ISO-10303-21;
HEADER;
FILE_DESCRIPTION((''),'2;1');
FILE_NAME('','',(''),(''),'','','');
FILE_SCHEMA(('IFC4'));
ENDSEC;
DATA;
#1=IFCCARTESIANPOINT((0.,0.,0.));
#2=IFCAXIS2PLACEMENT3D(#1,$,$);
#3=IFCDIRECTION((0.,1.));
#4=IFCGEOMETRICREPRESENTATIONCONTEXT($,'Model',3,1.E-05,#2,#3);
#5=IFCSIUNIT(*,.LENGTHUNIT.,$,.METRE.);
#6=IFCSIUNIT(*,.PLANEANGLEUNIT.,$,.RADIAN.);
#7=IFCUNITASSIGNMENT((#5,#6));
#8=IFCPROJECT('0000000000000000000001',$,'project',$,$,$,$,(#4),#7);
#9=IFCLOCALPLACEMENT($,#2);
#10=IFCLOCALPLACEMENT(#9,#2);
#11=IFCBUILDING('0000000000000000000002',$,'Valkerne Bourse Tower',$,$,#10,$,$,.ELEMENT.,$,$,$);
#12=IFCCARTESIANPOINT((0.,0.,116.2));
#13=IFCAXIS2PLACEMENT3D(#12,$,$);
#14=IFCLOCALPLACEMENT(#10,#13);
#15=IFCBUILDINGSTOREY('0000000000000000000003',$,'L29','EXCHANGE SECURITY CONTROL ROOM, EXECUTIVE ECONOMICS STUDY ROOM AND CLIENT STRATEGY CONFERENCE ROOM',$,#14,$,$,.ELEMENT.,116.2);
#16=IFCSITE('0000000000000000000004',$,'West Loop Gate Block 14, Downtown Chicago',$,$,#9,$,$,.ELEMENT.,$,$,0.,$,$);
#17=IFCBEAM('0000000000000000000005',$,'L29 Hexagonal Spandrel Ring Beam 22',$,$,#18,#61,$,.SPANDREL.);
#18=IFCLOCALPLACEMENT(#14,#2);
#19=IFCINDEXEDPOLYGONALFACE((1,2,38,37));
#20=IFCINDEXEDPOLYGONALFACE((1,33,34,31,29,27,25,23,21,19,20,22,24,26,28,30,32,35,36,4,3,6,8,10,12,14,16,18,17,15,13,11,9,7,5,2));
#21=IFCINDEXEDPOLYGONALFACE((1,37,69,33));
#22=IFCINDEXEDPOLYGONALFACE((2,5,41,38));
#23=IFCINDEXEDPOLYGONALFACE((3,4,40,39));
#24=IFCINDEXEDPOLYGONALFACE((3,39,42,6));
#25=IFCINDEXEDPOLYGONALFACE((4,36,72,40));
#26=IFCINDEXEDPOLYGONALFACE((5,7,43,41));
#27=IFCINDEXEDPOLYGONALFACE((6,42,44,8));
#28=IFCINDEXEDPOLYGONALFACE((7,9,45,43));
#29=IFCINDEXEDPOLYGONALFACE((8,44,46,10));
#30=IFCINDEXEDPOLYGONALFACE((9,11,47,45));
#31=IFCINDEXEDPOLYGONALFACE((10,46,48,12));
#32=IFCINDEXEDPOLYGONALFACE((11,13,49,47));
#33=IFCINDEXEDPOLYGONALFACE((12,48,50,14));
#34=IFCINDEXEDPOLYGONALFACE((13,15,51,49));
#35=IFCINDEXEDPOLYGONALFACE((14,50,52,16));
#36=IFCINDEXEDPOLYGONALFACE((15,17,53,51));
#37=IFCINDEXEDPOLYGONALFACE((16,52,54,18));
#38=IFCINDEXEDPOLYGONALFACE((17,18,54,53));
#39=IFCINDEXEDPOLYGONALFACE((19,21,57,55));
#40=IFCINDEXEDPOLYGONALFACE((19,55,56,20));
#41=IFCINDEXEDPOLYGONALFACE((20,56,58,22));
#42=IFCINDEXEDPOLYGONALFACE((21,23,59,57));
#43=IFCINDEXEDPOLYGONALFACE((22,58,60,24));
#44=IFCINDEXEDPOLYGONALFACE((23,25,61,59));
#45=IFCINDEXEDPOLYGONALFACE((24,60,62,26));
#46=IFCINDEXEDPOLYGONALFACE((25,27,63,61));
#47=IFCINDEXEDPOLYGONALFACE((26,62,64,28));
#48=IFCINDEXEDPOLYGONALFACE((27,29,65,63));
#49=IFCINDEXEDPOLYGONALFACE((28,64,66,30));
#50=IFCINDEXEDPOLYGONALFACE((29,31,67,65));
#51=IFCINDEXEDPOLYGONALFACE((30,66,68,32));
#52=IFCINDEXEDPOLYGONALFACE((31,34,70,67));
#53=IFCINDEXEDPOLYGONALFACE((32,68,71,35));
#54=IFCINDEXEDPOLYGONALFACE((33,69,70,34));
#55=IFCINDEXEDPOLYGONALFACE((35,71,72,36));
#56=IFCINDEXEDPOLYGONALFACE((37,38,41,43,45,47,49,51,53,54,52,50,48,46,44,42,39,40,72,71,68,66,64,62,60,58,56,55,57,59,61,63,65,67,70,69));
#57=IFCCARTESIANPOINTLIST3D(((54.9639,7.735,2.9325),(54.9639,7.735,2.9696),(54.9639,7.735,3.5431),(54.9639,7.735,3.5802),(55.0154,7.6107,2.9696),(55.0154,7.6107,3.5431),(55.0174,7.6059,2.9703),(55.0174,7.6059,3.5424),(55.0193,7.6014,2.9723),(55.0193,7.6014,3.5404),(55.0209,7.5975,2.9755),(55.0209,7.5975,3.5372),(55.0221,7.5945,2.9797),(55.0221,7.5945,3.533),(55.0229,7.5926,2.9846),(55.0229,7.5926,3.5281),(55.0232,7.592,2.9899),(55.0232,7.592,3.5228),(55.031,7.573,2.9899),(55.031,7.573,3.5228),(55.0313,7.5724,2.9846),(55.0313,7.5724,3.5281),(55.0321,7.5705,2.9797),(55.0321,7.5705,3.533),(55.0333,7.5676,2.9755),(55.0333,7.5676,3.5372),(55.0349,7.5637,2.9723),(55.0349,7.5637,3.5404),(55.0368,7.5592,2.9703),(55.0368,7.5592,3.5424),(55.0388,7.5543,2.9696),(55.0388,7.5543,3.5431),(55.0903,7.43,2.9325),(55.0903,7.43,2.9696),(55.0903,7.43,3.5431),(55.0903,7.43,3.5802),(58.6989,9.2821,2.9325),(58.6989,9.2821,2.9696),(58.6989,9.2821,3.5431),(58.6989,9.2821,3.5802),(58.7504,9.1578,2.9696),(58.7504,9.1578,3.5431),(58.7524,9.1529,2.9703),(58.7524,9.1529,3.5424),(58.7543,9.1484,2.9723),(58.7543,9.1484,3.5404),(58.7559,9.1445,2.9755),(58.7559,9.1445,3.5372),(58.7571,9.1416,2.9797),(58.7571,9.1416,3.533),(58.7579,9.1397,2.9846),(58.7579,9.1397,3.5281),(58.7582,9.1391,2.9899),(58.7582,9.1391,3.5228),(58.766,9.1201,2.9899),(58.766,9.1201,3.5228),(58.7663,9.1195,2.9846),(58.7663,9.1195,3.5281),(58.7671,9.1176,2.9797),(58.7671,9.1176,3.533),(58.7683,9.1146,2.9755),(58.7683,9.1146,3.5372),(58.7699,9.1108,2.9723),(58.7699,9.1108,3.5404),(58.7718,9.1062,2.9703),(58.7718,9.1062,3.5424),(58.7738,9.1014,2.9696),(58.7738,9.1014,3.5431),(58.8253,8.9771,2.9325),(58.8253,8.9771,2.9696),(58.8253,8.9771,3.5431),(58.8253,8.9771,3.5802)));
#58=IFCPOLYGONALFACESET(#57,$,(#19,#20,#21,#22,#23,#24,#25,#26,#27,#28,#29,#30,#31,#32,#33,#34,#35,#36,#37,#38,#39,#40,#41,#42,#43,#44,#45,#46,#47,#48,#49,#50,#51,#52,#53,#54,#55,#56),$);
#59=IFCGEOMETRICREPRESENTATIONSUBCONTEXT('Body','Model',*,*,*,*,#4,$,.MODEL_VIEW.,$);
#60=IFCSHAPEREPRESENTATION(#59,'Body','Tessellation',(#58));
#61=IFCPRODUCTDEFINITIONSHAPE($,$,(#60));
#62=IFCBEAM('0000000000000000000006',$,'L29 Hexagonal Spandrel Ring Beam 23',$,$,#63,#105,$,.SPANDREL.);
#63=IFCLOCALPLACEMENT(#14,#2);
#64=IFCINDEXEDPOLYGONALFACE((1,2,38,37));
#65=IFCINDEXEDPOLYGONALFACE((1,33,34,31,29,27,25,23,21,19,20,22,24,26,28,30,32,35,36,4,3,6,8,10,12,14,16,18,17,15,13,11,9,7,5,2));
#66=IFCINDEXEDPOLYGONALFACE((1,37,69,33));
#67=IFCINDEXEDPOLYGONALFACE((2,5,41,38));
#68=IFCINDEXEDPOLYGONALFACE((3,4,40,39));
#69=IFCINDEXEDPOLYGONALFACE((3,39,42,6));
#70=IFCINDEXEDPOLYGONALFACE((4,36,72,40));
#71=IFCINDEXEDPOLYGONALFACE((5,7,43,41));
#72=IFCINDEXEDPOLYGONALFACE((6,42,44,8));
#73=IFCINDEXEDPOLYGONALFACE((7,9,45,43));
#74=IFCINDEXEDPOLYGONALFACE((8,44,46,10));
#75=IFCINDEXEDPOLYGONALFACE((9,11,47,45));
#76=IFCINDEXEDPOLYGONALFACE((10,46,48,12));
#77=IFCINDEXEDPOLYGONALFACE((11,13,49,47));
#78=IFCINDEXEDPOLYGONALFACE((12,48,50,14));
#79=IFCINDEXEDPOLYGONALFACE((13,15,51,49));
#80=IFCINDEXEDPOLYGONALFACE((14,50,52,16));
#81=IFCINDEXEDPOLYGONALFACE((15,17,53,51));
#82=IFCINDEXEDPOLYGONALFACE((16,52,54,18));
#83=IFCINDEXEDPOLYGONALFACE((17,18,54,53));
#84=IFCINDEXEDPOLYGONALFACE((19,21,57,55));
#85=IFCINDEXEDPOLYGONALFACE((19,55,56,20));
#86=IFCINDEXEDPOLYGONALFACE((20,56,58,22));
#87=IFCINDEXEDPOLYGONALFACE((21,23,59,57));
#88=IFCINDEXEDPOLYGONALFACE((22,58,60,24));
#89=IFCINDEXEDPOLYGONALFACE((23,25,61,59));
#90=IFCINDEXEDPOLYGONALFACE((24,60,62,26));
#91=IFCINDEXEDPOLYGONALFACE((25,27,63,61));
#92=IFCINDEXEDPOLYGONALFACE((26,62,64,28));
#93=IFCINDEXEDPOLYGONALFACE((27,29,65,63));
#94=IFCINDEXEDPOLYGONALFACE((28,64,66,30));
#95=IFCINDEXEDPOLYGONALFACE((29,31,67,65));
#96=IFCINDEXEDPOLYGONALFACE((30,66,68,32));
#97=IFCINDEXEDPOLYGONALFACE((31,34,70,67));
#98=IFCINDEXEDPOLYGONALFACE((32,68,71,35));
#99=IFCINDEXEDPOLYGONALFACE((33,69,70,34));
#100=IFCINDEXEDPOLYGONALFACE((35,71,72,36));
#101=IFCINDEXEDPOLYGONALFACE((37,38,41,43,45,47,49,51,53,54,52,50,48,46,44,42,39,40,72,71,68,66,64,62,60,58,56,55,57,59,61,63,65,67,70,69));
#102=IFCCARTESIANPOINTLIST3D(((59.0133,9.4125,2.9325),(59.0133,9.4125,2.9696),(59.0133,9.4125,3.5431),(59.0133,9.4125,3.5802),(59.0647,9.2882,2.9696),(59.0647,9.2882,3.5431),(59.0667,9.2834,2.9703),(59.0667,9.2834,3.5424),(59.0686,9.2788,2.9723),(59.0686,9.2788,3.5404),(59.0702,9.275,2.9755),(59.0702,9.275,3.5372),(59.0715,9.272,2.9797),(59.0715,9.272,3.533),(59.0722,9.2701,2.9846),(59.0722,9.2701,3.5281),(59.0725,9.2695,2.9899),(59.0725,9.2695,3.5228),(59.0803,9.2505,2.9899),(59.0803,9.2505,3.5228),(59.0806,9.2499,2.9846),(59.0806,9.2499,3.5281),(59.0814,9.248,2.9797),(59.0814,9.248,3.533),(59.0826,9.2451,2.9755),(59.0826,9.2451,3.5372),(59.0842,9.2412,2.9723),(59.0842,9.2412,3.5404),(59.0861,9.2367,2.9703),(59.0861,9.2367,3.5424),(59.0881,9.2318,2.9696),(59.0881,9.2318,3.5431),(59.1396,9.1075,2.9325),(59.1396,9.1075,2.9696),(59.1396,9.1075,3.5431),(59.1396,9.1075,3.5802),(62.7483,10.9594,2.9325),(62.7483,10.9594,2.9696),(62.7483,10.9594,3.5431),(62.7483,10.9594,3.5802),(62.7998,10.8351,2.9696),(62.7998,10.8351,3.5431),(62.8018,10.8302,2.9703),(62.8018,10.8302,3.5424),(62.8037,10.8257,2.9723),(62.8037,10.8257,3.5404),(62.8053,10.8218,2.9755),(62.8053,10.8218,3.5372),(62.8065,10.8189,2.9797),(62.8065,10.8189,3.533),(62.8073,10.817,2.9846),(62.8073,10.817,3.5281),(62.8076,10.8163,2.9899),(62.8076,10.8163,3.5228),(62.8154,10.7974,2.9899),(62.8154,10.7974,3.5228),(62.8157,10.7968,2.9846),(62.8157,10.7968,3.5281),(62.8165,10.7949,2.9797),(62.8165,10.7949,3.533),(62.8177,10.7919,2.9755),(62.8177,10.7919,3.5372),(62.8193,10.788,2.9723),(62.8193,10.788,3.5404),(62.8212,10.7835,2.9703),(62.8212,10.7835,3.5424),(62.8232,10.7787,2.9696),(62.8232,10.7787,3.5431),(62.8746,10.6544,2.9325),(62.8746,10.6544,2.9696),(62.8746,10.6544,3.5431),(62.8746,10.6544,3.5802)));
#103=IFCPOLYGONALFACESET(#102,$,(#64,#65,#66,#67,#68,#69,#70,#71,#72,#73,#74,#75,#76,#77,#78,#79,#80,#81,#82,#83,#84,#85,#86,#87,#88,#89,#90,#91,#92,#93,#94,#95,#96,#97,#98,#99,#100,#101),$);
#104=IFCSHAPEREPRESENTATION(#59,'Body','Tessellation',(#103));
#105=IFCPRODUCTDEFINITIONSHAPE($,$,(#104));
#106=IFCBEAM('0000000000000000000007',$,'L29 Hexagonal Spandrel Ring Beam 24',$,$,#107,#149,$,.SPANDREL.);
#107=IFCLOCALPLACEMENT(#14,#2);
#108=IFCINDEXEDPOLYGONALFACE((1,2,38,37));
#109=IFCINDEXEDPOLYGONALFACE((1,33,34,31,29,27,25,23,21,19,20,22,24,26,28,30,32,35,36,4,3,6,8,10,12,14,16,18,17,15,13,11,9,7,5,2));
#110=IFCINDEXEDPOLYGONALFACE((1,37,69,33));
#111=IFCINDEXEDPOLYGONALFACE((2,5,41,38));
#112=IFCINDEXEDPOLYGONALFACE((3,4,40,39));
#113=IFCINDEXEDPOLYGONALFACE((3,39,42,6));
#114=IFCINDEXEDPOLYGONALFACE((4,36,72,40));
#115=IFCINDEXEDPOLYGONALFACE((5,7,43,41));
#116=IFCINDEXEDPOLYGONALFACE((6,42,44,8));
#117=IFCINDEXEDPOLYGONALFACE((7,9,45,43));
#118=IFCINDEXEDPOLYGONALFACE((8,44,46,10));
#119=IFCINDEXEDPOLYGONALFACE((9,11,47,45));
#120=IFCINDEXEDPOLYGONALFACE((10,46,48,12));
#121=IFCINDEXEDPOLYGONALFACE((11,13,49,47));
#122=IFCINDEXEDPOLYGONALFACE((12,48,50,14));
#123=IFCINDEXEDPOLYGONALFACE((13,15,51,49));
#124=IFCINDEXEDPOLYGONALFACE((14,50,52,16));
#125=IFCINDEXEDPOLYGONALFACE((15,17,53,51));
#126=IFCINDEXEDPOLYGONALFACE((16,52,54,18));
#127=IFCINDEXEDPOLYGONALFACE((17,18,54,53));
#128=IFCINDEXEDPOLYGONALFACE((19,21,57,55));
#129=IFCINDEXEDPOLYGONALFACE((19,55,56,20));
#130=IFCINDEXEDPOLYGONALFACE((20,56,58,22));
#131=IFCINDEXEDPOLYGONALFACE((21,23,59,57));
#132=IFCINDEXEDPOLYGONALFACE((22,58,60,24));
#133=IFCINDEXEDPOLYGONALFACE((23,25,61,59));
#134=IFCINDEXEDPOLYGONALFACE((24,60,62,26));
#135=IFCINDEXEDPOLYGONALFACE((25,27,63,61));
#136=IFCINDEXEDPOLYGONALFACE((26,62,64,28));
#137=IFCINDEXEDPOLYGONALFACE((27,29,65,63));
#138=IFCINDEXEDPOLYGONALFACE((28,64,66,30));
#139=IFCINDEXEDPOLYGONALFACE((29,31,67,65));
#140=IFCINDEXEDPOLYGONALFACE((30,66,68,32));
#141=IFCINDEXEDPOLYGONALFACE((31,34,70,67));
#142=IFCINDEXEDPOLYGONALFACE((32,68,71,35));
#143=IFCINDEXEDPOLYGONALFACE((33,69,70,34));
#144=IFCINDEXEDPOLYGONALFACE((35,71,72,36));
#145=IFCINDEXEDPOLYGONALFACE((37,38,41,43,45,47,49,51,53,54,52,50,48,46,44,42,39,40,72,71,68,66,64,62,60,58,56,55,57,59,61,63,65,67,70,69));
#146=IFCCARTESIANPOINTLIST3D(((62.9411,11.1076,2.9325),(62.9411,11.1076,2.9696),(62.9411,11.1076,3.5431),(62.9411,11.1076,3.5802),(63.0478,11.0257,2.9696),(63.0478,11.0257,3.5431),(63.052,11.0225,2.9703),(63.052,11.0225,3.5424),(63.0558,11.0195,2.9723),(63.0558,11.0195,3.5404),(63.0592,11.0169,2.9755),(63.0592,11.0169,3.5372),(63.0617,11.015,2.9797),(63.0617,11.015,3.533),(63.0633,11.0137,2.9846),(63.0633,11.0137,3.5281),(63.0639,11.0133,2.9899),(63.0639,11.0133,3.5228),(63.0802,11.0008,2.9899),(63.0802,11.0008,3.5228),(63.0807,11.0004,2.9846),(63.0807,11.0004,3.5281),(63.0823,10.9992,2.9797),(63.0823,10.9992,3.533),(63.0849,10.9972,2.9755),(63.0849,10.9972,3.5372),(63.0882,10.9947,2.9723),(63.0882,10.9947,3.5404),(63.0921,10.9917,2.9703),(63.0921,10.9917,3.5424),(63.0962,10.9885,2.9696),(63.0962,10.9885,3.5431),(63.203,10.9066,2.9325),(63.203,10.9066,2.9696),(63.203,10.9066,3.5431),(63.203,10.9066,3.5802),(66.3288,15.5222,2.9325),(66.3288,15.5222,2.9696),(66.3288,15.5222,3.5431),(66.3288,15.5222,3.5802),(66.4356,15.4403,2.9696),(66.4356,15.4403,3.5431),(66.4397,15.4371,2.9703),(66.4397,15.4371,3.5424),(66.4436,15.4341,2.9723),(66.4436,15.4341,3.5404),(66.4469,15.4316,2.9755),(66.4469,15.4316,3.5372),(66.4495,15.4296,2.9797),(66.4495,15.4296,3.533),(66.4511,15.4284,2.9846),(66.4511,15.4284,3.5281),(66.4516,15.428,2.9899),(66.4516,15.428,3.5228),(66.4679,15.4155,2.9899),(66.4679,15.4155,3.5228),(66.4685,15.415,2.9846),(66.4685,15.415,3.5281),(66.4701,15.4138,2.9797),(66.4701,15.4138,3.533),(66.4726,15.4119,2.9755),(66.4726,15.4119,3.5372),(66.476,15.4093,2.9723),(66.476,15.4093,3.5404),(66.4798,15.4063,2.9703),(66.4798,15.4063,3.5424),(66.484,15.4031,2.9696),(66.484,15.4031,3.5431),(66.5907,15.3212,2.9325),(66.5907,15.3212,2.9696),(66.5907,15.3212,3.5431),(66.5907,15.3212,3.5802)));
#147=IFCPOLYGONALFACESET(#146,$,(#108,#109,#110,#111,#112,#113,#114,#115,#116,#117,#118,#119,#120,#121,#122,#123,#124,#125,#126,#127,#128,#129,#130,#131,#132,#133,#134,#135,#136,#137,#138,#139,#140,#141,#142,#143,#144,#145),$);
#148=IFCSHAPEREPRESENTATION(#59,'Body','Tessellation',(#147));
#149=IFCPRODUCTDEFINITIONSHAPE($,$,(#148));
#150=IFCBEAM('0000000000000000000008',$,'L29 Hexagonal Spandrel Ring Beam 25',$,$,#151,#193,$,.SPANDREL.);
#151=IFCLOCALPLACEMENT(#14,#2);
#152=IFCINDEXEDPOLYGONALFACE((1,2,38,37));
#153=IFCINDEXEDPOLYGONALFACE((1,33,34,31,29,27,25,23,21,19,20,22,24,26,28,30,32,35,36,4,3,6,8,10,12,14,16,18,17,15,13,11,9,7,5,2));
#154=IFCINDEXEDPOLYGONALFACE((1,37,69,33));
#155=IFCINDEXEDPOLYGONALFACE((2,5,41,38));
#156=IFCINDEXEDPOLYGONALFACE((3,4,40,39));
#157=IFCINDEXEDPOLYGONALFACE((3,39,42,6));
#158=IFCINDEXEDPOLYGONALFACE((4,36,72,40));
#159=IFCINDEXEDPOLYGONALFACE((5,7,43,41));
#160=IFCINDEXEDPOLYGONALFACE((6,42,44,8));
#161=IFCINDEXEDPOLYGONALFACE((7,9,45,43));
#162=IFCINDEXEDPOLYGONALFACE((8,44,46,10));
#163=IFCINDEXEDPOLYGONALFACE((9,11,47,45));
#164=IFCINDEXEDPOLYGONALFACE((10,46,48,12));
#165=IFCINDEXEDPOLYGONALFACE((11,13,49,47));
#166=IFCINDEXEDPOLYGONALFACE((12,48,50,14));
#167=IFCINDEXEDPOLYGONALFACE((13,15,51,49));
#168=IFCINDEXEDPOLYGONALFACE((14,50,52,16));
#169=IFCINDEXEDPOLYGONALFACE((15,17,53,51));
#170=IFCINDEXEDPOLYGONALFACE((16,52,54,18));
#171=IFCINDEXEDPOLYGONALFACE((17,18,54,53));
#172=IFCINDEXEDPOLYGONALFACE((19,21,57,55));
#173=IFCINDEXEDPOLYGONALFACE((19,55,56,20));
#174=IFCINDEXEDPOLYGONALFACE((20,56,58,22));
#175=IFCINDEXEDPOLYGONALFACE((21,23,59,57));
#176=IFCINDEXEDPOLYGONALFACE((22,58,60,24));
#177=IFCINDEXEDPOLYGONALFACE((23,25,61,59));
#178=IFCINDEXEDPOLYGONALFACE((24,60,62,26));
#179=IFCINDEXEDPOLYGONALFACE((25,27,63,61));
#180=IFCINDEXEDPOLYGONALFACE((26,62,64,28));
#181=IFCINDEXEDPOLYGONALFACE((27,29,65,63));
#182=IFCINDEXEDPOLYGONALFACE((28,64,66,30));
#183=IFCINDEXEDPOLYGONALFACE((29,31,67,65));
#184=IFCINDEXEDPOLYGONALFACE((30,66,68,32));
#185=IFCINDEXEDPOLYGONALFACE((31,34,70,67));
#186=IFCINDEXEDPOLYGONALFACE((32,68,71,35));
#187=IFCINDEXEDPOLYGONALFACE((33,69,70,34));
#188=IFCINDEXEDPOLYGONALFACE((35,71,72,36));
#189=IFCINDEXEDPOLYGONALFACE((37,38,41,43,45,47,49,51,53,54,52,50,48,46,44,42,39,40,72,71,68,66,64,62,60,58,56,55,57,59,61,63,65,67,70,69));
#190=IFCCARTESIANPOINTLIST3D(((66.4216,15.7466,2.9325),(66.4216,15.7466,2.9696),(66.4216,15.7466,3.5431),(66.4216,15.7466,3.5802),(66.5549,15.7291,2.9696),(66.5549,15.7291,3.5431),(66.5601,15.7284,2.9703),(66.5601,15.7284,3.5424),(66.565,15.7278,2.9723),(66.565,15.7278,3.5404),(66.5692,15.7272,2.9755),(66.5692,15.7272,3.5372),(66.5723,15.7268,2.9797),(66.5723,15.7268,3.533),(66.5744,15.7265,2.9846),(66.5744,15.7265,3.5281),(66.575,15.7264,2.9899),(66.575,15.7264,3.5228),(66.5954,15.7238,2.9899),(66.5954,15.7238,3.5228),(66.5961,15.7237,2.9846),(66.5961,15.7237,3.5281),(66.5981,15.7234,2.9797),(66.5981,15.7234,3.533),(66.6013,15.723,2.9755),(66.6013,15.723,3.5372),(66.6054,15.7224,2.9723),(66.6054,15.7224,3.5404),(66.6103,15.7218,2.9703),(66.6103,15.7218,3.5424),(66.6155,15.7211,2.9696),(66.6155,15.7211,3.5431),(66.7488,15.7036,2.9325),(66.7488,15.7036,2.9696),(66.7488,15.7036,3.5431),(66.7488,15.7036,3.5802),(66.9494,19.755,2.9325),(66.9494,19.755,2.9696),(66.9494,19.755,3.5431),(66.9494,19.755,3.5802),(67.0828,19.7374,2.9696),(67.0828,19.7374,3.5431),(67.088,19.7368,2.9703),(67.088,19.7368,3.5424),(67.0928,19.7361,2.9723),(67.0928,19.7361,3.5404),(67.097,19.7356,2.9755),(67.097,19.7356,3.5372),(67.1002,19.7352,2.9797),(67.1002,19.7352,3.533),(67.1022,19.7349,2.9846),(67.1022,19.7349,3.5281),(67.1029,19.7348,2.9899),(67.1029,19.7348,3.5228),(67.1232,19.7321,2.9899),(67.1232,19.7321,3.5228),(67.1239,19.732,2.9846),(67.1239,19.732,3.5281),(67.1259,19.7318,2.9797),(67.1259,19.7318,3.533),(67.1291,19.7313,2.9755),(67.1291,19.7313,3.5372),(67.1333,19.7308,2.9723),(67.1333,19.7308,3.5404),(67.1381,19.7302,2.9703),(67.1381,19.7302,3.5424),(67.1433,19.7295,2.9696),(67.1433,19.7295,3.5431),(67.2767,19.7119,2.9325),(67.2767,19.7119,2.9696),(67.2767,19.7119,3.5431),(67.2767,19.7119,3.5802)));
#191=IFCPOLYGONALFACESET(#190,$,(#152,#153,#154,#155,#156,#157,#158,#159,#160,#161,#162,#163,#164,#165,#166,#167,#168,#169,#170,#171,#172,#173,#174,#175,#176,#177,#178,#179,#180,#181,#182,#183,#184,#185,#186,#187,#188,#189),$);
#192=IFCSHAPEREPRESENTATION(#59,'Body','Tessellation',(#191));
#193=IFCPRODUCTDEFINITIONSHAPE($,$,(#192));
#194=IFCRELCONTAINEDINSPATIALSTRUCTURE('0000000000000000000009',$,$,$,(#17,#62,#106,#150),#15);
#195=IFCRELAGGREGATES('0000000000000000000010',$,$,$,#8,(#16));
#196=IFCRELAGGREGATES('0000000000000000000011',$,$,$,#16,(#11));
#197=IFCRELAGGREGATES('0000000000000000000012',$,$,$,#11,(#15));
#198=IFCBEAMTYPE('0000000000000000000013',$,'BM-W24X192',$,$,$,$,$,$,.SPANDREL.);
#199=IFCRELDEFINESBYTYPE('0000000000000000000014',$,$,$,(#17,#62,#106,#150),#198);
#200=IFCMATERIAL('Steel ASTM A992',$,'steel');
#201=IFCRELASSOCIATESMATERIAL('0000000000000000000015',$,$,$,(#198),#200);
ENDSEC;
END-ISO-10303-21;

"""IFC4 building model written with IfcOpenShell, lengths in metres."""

from ifc_helpers import new_model, si_unit, direction, frame, origin, origin_2d, place, context, subcontext, project, spatial, i_section, extrude, material, material_profile, profile_set, type_object, element, save


model = new_model("IFC4")

# Units and contexts
model_context = context("Model", 3, precision=1e-05, world=origin(), true_north=direction((0.0, 1.0)))
body_context = subcontext(model_context, "Body", "Model", "MODEL_VIEW")
ifc_project = project(units=[si_unit("LENGTHUNIT", "METRE"), si_unit("PLANEANGLEUNIT", "RADIAN")], contexts=[model_context])

# Site, building, storey
site_placement = place(None, origin())
site = spatial("IfcSite", under=ifc_project, at=site_placement, Name="West Loop Gate Block 14, Downtown Chicago", CompositionType="ELEMENT", RefElevation=0.0)
building_placement = place(site_placement, origin())
building = spatial("IfcBuilding", under=site, at=building_placement, Name="Valkerne Bourse Tower", CompositionType="ELEMENT")
storey_placement = place(building_placement, frame((0.0, 0.0, 116.2)))
storey = spatial("IfcBuildingStorey", under=building, at=storey_placement, Name="L29", Description="EXCHANGE SECURITY CONTROL ROOM, EXECUTIVE ECONOMICS STUDY ROOM AND CLIENT STRATEGY CONFERENCE ROOM", CompositionType="ELEMENT", Elevation=116.2)

# Beams
ifc_material_1 = material(Name="Steel ASTM A992", Category="steel")
ifc_material_profile_1 = material_profile(ifc_material_1, i_section(OverallWidth=0.3301, OverallDepth=0.6477, WebThickness=0.0205, FlangeThickness=0.0371, FilletRadius=0.0203, at=origin_2d()), Name="W24X192")
ifc_profile_set_1 = profile_set([ifc_material_profile_1], Name="Steel ASTM A992")
beam_type = type_object("IfcBeamType", Name="BM-W24X192", PredefinedType="SPANDREL", material=ifc_profile_set_1)
for number, where, z_axis, x_axis, name in (
    (1, (55.0271, 7.5825, 3.2563), (0.923881, 0.382681, 0.0), (-0.382681, 0.923881, 0.0), "L29 Hexagonal Spandrel Ring Beam 22"),
    (2, (59.0764, 9.26, 3.2563), (0.923902, 0.382629, 0.0), (-0.382629, 0.923902, 0.0), "L29 Hexagonal Spandrel Ring Beam 23"),
):
    element("IfcBeam", number, at=place(storey_placement, frame(where, z_axis=z_axis, x_axis=x_axis)), inside=storey, type_object=beam_type, Name=name, PredefinedType="SPANDREL", context=body_context, shape_type="SweptSolid", body=[
        extrude(i_section(OverallWidth=0.3301, OverallDepth=0.6477, WebThickness=0.0205, FlangeThickness=0.0371, FilletRadius=0.0203, at=origin_2d()), origin(), (0.0, 0.0, 1.0), 4.0427),
    ])
beam_1_placement = place(storey_placement, frame((63.072, 11.0071, 3.2563), z_axis=(0.608794, 0.793328, 0.0), x_axis=(-0.793328, 0.608794, 0.0)))
element("IfcBeam", 3, at=beam_1_placement, inside=storey, type_object=beam_type, Name="L29 Hexagonal Spandrel Ring Beam 24", PredefinedType="SPANDREL", context=body_context, shape_type="SweptSolid", body=[
    extrude(i_section(OverallWidth=0.3301, OverallDepth=0.6477, WebThickness=0.0205, FlangeThickness=0.0371, FilletRadius=0.0203, at=origin_2d()), origin(), (0.0, 0.0, 1.0), 5.5647),
])
beam_2_placement = place(storey_placement, frame((66.5852, 15.7251, 3.2563), z_axis=(0.130558, 0.991441, 0.0), x_axis=(-0.991441, 0.130558, 0.0)))
element("IfcBeam", 4, at=beam_2_placement, inside=storey, type_object=beam_type, Name="L29 Hexagonal Spandrel Ring Beam 25", PredefinedType="SPANDREL", context=body_context, shape_type="SweptSolid", body=[
    extrude(i_section(OverallWidth=0.3301, OverallDepth=0.6477, WebThickness=0.0205, FlangeThickness=0.0371, FilletRadius=0.0203, at=origin_2d()), origin(), (0.0, 0.0, 1.0), 4.043),
])

save(model, "model.ifc")
